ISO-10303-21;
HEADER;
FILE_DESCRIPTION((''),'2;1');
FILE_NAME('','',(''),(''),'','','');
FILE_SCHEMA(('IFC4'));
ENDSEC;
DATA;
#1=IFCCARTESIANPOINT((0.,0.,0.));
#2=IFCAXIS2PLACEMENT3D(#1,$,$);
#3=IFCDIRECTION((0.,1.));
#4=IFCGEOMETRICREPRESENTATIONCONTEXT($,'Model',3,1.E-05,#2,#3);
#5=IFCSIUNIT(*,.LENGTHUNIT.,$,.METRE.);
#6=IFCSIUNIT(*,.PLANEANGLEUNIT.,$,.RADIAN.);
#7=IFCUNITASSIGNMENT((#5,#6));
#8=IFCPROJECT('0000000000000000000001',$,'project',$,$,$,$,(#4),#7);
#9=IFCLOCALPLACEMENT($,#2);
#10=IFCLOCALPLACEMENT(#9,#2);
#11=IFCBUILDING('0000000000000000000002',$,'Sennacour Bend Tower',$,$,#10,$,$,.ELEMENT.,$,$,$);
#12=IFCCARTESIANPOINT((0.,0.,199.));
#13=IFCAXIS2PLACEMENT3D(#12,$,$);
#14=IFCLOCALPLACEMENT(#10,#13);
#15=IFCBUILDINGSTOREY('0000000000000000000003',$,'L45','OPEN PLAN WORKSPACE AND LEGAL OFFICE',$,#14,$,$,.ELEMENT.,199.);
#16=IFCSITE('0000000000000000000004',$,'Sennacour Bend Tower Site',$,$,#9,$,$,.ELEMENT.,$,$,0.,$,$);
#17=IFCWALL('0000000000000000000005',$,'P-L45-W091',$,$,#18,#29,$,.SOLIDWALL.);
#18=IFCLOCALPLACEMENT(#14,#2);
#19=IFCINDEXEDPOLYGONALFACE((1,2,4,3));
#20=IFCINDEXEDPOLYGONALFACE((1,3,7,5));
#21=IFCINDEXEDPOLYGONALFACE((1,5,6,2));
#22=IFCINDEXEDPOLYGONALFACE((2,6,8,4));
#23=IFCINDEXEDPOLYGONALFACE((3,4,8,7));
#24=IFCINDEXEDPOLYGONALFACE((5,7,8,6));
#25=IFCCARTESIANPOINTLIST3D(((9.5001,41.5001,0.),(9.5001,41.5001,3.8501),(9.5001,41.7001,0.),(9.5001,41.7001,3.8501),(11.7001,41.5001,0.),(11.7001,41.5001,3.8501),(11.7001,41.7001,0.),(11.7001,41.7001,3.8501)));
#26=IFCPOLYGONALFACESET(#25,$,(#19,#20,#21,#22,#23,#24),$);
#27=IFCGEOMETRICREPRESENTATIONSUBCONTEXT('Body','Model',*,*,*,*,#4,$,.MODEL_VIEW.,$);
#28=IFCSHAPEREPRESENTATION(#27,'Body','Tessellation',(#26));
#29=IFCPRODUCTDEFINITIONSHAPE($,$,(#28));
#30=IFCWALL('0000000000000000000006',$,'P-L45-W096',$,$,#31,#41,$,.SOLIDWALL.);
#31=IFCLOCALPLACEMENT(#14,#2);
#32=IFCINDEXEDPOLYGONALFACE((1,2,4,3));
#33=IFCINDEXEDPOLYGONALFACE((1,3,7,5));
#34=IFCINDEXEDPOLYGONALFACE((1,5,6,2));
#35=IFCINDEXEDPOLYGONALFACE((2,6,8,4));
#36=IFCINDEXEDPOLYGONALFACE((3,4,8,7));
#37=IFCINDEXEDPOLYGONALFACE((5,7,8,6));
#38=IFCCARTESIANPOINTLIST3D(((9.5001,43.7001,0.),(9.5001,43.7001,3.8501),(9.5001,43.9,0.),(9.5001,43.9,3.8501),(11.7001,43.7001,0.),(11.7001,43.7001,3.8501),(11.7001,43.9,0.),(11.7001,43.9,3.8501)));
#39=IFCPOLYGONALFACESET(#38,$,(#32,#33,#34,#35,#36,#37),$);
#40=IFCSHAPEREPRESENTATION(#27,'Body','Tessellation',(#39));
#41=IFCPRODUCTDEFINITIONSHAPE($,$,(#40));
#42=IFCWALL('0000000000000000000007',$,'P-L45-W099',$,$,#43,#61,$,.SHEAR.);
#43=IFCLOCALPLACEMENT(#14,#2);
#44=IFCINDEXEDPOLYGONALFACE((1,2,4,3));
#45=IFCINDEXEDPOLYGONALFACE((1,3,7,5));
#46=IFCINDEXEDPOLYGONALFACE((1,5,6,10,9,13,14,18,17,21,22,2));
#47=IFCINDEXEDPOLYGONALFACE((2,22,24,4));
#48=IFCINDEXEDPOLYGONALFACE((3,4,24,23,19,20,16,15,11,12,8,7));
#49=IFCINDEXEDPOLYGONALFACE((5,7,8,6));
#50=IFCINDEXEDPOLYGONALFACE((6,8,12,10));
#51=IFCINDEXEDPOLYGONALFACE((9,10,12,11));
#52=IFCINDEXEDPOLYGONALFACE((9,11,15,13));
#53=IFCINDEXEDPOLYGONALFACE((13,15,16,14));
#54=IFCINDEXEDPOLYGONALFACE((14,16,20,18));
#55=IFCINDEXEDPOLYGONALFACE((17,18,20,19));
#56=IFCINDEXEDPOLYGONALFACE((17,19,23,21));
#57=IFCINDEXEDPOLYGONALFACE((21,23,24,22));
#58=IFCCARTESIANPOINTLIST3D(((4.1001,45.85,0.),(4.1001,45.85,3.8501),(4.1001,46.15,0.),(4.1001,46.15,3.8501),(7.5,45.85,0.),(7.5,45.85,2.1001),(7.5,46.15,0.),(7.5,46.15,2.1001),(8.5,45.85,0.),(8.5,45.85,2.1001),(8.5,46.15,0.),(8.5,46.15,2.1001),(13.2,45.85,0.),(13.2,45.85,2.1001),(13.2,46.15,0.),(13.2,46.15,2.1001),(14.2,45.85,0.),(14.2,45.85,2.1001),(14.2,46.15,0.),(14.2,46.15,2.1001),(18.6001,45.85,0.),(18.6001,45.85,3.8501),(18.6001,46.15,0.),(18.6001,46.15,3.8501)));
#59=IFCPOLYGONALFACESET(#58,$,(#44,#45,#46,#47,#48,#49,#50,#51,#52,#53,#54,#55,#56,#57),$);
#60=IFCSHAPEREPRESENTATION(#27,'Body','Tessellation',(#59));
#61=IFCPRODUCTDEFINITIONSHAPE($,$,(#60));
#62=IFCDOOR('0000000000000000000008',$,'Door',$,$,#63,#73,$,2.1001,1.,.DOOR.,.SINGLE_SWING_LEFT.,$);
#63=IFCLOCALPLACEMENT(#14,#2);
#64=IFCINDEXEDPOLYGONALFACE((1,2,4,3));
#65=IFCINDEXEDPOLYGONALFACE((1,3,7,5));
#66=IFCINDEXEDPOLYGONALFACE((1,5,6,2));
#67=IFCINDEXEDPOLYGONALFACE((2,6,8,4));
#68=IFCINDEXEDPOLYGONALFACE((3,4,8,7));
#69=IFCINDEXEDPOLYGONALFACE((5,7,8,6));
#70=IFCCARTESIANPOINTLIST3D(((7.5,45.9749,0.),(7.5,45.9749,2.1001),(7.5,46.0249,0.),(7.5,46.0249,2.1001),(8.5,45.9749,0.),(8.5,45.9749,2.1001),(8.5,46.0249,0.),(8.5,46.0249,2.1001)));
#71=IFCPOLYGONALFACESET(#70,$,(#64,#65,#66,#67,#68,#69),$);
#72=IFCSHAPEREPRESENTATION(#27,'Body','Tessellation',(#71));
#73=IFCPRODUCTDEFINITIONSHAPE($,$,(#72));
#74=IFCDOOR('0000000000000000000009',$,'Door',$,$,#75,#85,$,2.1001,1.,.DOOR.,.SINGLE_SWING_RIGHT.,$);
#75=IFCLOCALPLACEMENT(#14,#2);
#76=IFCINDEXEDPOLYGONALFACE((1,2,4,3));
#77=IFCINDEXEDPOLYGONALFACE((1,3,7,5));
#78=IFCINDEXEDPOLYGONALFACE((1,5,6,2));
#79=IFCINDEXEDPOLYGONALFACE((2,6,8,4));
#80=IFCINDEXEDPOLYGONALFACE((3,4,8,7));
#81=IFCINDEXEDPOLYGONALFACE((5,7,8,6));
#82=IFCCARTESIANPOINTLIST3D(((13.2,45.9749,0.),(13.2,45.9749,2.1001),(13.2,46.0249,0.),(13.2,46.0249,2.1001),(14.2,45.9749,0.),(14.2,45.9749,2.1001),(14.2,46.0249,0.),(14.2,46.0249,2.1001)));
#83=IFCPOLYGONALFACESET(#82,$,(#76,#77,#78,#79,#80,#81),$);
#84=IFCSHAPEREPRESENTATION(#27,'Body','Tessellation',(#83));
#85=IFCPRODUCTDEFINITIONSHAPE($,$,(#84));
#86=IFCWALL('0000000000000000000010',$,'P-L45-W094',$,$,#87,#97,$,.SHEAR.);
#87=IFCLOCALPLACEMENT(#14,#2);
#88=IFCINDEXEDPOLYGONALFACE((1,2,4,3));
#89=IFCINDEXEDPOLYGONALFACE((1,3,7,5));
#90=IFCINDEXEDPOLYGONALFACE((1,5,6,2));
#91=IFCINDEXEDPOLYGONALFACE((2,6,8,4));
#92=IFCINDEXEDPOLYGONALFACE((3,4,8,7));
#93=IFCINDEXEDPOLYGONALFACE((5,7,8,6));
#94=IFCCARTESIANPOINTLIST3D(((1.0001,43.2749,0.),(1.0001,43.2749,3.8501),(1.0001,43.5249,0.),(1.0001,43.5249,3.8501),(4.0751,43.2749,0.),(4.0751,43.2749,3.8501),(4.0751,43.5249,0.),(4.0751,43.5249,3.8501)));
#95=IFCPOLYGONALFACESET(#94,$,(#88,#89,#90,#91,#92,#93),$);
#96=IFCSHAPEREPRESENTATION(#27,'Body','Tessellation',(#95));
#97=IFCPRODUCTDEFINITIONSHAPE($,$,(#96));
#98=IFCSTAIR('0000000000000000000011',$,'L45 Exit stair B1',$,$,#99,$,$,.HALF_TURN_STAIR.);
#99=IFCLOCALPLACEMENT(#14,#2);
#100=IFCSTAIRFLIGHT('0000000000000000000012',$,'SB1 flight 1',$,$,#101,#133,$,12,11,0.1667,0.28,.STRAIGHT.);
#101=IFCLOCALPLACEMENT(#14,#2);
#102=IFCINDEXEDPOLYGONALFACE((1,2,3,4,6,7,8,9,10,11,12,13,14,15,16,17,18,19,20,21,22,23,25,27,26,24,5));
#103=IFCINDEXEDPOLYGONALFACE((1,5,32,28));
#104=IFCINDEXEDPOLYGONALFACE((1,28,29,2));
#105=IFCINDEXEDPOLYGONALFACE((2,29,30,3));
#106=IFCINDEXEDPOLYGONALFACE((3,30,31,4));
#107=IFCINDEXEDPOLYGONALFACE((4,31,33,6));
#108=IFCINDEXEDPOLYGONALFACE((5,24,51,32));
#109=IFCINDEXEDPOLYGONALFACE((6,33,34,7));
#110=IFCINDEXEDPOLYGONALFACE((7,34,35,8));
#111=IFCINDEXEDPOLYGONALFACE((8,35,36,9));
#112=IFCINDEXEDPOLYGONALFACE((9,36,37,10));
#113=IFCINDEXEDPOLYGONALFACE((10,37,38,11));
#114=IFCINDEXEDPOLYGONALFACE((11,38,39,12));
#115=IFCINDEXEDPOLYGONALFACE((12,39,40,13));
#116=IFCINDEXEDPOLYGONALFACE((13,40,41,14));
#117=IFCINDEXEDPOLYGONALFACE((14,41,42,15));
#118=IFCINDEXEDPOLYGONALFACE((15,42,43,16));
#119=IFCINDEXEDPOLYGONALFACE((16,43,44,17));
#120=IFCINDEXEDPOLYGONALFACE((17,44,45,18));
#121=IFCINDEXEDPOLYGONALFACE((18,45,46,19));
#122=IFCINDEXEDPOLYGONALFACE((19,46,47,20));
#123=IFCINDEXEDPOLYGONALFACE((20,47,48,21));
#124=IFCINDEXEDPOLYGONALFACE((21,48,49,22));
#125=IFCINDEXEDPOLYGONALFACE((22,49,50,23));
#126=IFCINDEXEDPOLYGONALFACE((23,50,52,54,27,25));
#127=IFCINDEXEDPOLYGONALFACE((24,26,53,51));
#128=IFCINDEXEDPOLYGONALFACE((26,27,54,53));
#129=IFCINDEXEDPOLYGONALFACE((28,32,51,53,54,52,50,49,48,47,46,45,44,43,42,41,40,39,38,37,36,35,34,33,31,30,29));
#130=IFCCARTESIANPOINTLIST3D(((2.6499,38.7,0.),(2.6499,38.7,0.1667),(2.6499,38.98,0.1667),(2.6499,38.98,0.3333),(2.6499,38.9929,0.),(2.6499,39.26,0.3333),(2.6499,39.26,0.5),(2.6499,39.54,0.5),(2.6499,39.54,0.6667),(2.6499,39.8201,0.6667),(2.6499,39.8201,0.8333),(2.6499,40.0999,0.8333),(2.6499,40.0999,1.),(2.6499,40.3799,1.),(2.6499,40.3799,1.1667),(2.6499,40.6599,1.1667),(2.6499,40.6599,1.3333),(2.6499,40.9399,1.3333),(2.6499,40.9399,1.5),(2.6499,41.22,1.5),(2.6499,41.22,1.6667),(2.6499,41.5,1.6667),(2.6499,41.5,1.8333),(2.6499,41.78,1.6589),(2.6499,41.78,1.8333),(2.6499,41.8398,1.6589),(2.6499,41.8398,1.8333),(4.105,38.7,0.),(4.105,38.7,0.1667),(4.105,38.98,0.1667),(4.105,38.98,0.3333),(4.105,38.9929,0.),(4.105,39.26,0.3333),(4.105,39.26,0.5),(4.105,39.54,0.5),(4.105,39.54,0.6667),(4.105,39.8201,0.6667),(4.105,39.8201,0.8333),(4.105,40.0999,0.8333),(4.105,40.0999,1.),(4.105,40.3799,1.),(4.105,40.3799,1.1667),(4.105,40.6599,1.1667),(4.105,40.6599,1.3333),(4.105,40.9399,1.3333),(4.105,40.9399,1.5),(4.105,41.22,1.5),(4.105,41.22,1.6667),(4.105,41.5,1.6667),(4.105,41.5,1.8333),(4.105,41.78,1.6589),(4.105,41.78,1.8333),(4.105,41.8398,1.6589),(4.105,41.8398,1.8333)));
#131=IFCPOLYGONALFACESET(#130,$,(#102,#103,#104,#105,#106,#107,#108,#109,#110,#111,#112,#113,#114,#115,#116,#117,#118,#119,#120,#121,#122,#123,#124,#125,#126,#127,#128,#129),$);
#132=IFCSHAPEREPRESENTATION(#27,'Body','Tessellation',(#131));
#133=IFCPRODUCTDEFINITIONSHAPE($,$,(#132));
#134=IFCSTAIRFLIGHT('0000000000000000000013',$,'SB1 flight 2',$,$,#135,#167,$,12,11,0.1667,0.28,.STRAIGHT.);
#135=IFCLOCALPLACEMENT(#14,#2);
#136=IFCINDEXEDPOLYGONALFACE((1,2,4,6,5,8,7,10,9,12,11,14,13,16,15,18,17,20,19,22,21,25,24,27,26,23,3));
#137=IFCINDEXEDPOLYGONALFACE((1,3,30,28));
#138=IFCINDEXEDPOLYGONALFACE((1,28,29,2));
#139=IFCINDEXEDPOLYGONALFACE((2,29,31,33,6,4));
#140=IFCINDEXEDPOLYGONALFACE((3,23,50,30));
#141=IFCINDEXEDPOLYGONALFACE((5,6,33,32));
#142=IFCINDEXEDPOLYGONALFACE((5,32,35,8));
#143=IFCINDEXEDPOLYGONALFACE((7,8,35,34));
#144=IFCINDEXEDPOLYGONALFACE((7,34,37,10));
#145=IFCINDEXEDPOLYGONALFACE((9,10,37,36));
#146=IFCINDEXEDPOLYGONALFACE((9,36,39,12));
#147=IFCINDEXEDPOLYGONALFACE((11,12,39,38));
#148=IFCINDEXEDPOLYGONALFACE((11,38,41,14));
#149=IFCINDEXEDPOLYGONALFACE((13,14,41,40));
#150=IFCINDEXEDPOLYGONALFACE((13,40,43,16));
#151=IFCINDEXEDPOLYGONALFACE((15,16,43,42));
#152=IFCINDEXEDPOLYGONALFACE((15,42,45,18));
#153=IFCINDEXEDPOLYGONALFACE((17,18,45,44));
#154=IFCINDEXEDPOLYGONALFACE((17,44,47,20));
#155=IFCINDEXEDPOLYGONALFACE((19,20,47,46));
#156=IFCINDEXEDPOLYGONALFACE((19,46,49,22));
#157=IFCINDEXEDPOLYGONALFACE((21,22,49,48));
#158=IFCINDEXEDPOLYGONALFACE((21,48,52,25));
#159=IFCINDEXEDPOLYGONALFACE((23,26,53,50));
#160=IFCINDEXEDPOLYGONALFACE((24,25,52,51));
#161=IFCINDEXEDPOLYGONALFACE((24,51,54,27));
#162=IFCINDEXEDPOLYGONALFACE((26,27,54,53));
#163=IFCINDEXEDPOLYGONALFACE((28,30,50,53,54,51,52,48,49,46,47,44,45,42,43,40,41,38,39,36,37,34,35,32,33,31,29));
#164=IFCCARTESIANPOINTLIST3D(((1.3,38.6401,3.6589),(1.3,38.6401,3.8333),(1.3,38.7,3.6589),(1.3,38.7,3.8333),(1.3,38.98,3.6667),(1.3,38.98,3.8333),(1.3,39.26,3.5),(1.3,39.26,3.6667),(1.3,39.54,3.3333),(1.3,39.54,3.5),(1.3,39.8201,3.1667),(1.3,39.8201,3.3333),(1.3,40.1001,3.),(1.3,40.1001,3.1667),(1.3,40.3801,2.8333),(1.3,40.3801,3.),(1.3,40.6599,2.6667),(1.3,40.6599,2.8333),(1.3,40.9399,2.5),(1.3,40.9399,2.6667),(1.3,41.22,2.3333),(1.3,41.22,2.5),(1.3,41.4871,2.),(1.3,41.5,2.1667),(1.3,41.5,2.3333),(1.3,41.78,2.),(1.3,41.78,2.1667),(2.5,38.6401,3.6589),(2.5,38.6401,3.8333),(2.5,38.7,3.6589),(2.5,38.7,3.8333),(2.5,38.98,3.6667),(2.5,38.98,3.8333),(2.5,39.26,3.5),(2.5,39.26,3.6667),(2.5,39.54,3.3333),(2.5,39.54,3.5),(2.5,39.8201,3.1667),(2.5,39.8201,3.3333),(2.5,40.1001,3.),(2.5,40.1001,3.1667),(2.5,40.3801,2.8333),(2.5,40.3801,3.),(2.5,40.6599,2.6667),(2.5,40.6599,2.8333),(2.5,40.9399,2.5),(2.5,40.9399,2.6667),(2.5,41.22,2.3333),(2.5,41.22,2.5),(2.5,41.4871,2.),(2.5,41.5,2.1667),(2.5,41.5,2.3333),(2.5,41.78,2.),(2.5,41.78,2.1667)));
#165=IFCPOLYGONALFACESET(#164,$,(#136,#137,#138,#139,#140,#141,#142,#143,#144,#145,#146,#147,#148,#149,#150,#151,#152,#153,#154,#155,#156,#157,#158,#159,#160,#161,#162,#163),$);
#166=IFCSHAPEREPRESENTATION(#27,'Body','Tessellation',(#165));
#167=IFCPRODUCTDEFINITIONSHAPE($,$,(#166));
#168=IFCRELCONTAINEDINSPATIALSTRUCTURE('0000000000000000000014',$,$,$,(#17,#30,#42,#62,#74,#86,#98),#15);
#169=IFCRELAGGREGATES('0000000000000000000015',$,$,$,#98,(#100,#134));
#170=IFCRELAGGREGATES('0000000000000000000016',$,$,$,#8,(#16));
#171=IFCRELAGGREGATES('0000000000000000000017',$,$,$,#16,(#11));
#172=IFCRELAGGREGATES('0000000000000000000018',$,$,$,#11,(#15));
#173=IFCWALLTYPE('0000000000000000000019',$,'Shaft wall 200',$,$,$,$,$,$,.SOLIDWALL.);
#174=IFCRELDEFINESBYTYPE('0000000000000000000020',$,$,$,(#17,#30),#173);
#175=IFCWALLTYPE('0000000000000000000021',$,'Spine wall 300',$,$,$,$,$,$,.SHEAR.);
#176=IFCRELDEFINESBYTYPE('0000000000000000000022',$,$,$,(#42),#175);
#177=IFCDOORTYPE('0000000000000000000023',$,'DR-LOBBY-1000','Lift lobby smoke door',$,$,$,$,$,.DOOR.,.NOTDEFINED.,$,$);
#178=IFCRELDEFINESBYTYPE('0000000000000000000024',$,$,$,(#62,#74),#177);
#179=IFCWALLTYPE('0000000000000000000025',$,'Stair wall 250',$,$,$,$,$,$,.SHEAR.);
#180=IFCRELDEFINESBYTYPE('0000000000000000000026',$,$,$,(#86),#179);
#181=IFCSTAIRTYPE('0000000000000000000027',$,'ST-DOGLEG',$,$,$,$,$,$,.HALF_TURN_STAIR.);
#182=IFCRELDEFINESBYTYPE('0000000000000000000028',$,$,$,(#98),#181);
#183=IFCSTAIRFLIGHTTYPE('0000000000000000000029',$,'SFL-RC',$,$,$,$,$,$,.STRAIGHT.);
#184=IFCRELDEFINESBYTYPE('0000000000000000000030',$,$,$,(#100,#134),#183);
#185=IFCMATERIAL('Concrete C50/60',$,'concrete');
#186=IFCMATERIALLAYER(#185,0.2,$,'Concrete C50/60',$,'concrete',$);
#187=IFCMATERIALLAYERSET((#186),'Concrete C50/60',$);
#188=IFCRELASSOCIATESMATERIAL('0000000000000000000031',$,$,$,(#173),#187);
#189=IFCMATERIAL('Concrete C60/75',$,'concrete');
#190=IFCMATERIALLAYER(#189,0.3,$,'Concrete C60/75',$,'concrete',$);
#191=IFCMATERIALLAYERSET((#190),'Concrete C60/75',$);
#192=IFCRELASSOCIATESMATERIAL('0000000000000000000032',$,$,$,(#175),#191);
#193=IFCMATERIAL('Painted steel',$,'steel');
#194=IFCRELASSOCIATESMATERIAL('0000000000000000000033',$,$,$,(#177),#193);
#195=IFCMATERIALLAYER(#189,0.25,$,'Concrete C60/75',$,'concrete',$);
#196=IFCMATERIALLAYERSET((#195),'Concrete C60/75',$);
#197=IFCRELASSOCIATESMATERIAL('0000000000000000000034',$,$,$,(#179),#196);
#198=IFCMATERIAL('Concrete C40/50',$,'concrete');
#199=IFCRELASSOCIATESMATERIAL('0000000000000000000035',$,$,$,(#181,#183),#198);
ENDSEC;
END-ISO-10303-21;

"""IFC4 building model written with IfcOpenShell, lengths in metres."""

from ifc_helpers import new_model, si_unit, direction, frame, frame_2d, origin, place, context, subcontext, project, spatial, polyline, rectangle, outline, extrude, material, layer, layer_set, type_object, element, fill, aggregate, save


model = new_model("IFC4")

# Units and contexts
model_context = context("Model", 3, precision=1e-05, world=origin(), true_north=direction((0.0, 1.0)))
body_context = subcontext(model_context, "Body", "Model", "MODEL_VIEW")
ifc_project = project(units=[si_unit("LENGTHUNIT", "METRE"), si_unit("PLANEANGLEUNIT", "RADIAN")], contexts=[model_context])

# Site, building, storey
site_placement = place(None, origin())
site = spatial("IfcSite", under=ifc_project, at=site_placement, Name="Sennacour Bend Tower Site", CompositionType="ELEMENT", RefElevation=0.0)
building_placement = place(site_placement, origin())
building = spatial("IfcBuilding", under=site, at=building_placement, Name="Sennacour Bend Tower", CompositionType="ELEMENT")
storey_placement = place(building_placement, frame((0.0, 0.0, 199.0)))
storey = spatial("IfcBuildingStorey", under=building, at=storey_placement, Name="L45", Description="OPEN PLAN WORKSPACE AND LEGAL OFFICE", CompositionType="ELEMENT", Elevation=199.0)

# Shared definitions
ifc_material_1 = material(Name="Concrete C60/75", Category="concrete")

# Shared definitions
ifc_material_2 = material(Name="Painted steel", Category="steel")

# Walls
ifc_material_3 = material(Name="Concrete C50/60", Category="concrete")
ifc_layer_1 = layer(ifc_material_3, 0.2, Name="Concrete C50/60", Category="concrete")
ifc_layer_set_1 = layer_set([ifc_layer_1], Name="Concrete C50/60")
wall_type_1 = type_object("IfcWallType", Name="Shaft wall 200", PredefinedType="SOLIDWALL", material=ifc_layer_set_1)
for number, where, z_axis, x_axis, name in (
    (1, (9.5, 41.6001, 0.0), (0.0, 0.0, 1.0), (1.0, 0.0, 0.0), "P-L45-W091"),
    (2, (9.5, 43.8, 0.0), (0.0, 0.0, 1.0), (1.0, 0.0, 0.0), "P-L45-W096"),
):
    element("IfcWall", number, at=place(storey_placement, frame(where, z_axis=z_axis, x_axis=x_axis)), inside=storey, type_object=wall_type_1, Name=name, PredefinedType="SOLIDWALL", context=body_context, shape_type="SweptSolid", body=[
        extrude(rectangle(XDim=2.2, YDim=0.2, at=frame_2d((1.1001, 0.0))), origin(), (0.0, 0.0, 1.0), 3.8501),
    ])

# Wall, openings, doors
ifc_layer_2 = layer(ifc_material_1, 0.3, Name="Concrete C60/75", Category="concrete")
ifc_layer_set_2 = layer_set([ifc_layer_2], Name="Concrete C60/75")
wall_type_2 = type_object("IfcWallType", Name="Spine wall 300", PredefinedType="SHEAR", material=ifc_layer_set_2)
wall_1_placement = place(storey_placement, frame((4.1001, 46.0, 0.0), z_axis=(0.0, 0.0, 1.0), x_axis=(1.0, 0.0, 0.0)))
wall_1 = element("IfcWall", 3, at=wall_1_placement, inside=storey, type_object=wall_type_2, Name="P-L45-W099", PredefinedType="SHEAR", context=body_context, shape_type="SweptSolid", body=[
    extrude(rectangle(XDim=14.5, YDim=0.3, at=frame_2d((7.25, 0.0))), origin(), (0.0, 0.0, 1.0), 3.8501),
])
opening_1_placement = place(wall_1_placement, frame((3.3999, 0.0, 0.0)))
opening_1 = element("IfcOpeningElement", 4, at=opening_1_placement, cuts=wall_1, PredefinedType="OPENING", context=body_context, shape_type="SweptSolid", body=[
    extrude(rectangle(XDim=1.0, YDim=2.1001, at=frame_2d((0.5, 1.05))), frame((0.0, 0.1602, 0.0), z_axis=(0.0, -1.0, 0.0), x_axis=(1.0, 0.0, 0.0)), (0.0, 0.0, 1.0), 0.3201),
])
opening_2_placement = place(wall_1_placement, frame((9.0999, 0.0, 0.0)))
opening_2 = element("IfcOpeningElement", 5, at=opening_2_placement, cuts=wall_1, PredefinedType="OPENING", context=body_context, shape_type="SweptSolid", body=[
    extrude(rectangle(XDim=1.0, YDim=2.1001, at=frame_2d((0.5, 1.05))), frame((0.0, 0.1602, 0.0), z_axis=(0.0, -1.0, 0.0), x_axis=(1.0, 0.0, 0.0)), (0.0, 0.0, 1.0), 0.3201),
])
door_type_1 = type_object("IfcDoorType", Name="DR-LOBBY-1000", Description="Lift lobby smoke door", OperationType="NOTDEFINED", PredefinedType="DOOR", material=ifc_material_2)
door_1_placement = place(opening_1_placement, origin())
door_1 = element("IfcDoor", 6, at=door_1_placement, inside=storey, type_object=door_type_1, Name="Door", OperationType="SINGLE_SWING_LEFT", OverallHeight=2.1001, OverallWidth=1.0, PredefinedType="DOOR", context=body_context, shape_type="SweptSolid", body=[
    extrude(rectangle(XDim=1.0, YDim=2.1001, at=frame_2d((0.5, 1.05))), frame((0.0, 0.0249, 0.0), z_axis=(0.0, -1.0, 0.0), x_axis=(1.0, 0.0, 0.0)), (0.0, 0.0, 1.0), 0.05),
])
fill(opening_1, door_1)
door_2_placement = place(opening_2_placement, origin())
door_2 = element("IfcDoor", 7, at=door_2_placement, inside=storey, type_object=door_type_1, Name="Door", OperationType="SINGLE_SWING_RIGHT", OverallHeight=2.1001, OverallWidth=1.0, PredefinedType="DOOR", context=body_context, shape_type="SweptSolid", body=[
    extrude(rectangle(XDim=1.0, YDim=2.1001, at=frame_2d((0.5, 1.05))), frame((0.0, 0.0249, 0.0), z_axis=(0.0, -1.0, 0.0), x_axis=(1.0, 0.0, 0.0)), (0.0, 0.0, 1.0), 0.05),
])
fill(opening_2, door_2)

# Wall
ifc_layer_3 = layer(ifc_material_1, 0.25, Name="Concrete C60/75", Category="concrete")
ifc_layer_set_3 = layer_set([ifc_layer_3], Name="Concrete C60/75")
wall_type_3 = type_object("IfcWallType", Name="Stair wall 250", PredefinedType="SHEAR", material=ifc_layer_set_3)
wall_2_placement = place(storey_placement, frame((1.0, 43.3999, 0.0), z_axis=(0.0, 0.0, 1.0), x_axis=(1.0, 0.0, 0.0)))
element("IfcWall", 8, at=wall_2_placement, inside=storey, type_object=wall_type_3, Name="P-L45-W094", PredefinedType="SHEAR", context=body_context, shape_type="SweptSolid", body=[
    extrude(rectangle(XDim=3.075, YDim=0.25, at=frame_2d((1.5376, 0.0))), origin(), (0.0, 0.0, 1.0), 3.8501),
])

# Stair, stair flights
ifc_material_4 = material(Name="Concrete C40/50", Category="concrete")
stair_type = type_object("IfcStairType", Name="ST-DOGLEG", PredefinedType="HALF_TURN_STAIR", material=ifc_material_4)
stair_placement = place(storey_placement, origin())
stair = element("IfcStair", 9, at=stair_placement, inside=storey, type_object=stair_type, Name="L45 Exit stair B1", PredefinedType="HALF_TURN_STAIR")
stair_flight_type = type_object("IfcStairFlightType", Name="SFL-RC", PredefinedType="STRAIGHT", material=ifc_material_4)
stair_flight_1_placement = place(storey_placement, frame((3.3774, 38.7, 0.0), z_axis=(0.0, 0.0, 1.0), x_axis=(0.0, 1.0, 0.0)))
stair_flight_1 = element("IfcStairFlight", 10, at=stair_flight_1_placement, type_object=stair_flight_type, Name="SB1 flight 1", NumberOfRisers=12, NumberOfTreads=11, PredefinedType="STRAIGHT", RiserHeight=0.1667, TreadLength=0.28, context=body_context, shape_type="SweptSolid", body=[
    extrude(outline(polyline([(0.0, 0.0), (0.0, 0.1667), (0.28, 0.1667), (0.28, 0.3333), (0.5601, 0.3333), (0.5601, 0.5), (0.8401, 0.5), (0.8401, 0.6667), (1.1201, 0.6667), (1.1201, 0.8333), (1.3999, 0.8333), (1.3999, 1.0), (1.6799, 1.0), (1.6799, 1.1667), (1.96, 1.1667), (1.96, 1.3333), (2.24, 1.3333), (2.24, 1.5), (2.52, 1.5), (2.52, 1.6667), (2.8, 1.6667), (2.8, 1.8333), (3.0801, 1.8333), (3.1399, 1.8333), (3.1399, 1.6589), (3.0801, 1.6589), (0.293, 0.0), (0.0, 0.0)])), frame((0.0, 0.7275, 0.0), z_axis=(0.0, -1.0, 0.0), x_axis=(1.0, 0.0, 0.0)), (0.0, 0.0, 1.0), 1.4551),
])
stair_flight_2_placement = place(storey_placement, frame((1.8999, 41.78, 2.0), z_axis=(0.0, 0.0, 1.0), x_axis=(0.0, -1.0, 0.0)))
stair_flight_2 = element("IfcStairFlight", 11, at=stair_flight_2_placement, type_object=stair_flight_type, Name="SB1 flight 2", NumberOfRisers=12, NumberOfTreads=11, PredefinedType="STRAIGHT", RiserHeight=0.1667, TreadLength=0.28, context=body_context, shape_type="SweptSolid", body=[
    extrude(outline(polyline([(0.0, 0.0), (0.0, 0.1667), (0.28, 0.1667), (0.28, 0.3333), (0.5601, 0.3333), (0.5601, 0.5), (0.8401, 0.5), (0.8401, 0.6667), (1.1201, 0.6667), (1.1201, 0.8333), (1.3999, 0.8333), (1.3999, 1.0), (1.6799, 1.0), (1.6799, 1.1667), (1.96, 1.1667), (1.96, 1.3333), (2.24, 1.3333), (2.24, 1.5), (2.52, 1.5), (2.52, 1.6667), (2.8, 1.6667), (2.8, 1.8333), (3.0801, 1.8333), (3.1399, 1.8333), (3.1399, 1.6589), (3.0801, 1.6589), (0.293, 0.0), (0.0, 0.0)])), frame((0.0, 0.6001, 0.0), z_axis=(0.0, -1.0, 0.0), x_axis=(1.0, 0.0, 0.0)), (0.0, 0.0, 1.0), 1.2),
])
aggregate(stair, [stair_flight_1, stair_flight_2])

save(model, "model.ifc")
